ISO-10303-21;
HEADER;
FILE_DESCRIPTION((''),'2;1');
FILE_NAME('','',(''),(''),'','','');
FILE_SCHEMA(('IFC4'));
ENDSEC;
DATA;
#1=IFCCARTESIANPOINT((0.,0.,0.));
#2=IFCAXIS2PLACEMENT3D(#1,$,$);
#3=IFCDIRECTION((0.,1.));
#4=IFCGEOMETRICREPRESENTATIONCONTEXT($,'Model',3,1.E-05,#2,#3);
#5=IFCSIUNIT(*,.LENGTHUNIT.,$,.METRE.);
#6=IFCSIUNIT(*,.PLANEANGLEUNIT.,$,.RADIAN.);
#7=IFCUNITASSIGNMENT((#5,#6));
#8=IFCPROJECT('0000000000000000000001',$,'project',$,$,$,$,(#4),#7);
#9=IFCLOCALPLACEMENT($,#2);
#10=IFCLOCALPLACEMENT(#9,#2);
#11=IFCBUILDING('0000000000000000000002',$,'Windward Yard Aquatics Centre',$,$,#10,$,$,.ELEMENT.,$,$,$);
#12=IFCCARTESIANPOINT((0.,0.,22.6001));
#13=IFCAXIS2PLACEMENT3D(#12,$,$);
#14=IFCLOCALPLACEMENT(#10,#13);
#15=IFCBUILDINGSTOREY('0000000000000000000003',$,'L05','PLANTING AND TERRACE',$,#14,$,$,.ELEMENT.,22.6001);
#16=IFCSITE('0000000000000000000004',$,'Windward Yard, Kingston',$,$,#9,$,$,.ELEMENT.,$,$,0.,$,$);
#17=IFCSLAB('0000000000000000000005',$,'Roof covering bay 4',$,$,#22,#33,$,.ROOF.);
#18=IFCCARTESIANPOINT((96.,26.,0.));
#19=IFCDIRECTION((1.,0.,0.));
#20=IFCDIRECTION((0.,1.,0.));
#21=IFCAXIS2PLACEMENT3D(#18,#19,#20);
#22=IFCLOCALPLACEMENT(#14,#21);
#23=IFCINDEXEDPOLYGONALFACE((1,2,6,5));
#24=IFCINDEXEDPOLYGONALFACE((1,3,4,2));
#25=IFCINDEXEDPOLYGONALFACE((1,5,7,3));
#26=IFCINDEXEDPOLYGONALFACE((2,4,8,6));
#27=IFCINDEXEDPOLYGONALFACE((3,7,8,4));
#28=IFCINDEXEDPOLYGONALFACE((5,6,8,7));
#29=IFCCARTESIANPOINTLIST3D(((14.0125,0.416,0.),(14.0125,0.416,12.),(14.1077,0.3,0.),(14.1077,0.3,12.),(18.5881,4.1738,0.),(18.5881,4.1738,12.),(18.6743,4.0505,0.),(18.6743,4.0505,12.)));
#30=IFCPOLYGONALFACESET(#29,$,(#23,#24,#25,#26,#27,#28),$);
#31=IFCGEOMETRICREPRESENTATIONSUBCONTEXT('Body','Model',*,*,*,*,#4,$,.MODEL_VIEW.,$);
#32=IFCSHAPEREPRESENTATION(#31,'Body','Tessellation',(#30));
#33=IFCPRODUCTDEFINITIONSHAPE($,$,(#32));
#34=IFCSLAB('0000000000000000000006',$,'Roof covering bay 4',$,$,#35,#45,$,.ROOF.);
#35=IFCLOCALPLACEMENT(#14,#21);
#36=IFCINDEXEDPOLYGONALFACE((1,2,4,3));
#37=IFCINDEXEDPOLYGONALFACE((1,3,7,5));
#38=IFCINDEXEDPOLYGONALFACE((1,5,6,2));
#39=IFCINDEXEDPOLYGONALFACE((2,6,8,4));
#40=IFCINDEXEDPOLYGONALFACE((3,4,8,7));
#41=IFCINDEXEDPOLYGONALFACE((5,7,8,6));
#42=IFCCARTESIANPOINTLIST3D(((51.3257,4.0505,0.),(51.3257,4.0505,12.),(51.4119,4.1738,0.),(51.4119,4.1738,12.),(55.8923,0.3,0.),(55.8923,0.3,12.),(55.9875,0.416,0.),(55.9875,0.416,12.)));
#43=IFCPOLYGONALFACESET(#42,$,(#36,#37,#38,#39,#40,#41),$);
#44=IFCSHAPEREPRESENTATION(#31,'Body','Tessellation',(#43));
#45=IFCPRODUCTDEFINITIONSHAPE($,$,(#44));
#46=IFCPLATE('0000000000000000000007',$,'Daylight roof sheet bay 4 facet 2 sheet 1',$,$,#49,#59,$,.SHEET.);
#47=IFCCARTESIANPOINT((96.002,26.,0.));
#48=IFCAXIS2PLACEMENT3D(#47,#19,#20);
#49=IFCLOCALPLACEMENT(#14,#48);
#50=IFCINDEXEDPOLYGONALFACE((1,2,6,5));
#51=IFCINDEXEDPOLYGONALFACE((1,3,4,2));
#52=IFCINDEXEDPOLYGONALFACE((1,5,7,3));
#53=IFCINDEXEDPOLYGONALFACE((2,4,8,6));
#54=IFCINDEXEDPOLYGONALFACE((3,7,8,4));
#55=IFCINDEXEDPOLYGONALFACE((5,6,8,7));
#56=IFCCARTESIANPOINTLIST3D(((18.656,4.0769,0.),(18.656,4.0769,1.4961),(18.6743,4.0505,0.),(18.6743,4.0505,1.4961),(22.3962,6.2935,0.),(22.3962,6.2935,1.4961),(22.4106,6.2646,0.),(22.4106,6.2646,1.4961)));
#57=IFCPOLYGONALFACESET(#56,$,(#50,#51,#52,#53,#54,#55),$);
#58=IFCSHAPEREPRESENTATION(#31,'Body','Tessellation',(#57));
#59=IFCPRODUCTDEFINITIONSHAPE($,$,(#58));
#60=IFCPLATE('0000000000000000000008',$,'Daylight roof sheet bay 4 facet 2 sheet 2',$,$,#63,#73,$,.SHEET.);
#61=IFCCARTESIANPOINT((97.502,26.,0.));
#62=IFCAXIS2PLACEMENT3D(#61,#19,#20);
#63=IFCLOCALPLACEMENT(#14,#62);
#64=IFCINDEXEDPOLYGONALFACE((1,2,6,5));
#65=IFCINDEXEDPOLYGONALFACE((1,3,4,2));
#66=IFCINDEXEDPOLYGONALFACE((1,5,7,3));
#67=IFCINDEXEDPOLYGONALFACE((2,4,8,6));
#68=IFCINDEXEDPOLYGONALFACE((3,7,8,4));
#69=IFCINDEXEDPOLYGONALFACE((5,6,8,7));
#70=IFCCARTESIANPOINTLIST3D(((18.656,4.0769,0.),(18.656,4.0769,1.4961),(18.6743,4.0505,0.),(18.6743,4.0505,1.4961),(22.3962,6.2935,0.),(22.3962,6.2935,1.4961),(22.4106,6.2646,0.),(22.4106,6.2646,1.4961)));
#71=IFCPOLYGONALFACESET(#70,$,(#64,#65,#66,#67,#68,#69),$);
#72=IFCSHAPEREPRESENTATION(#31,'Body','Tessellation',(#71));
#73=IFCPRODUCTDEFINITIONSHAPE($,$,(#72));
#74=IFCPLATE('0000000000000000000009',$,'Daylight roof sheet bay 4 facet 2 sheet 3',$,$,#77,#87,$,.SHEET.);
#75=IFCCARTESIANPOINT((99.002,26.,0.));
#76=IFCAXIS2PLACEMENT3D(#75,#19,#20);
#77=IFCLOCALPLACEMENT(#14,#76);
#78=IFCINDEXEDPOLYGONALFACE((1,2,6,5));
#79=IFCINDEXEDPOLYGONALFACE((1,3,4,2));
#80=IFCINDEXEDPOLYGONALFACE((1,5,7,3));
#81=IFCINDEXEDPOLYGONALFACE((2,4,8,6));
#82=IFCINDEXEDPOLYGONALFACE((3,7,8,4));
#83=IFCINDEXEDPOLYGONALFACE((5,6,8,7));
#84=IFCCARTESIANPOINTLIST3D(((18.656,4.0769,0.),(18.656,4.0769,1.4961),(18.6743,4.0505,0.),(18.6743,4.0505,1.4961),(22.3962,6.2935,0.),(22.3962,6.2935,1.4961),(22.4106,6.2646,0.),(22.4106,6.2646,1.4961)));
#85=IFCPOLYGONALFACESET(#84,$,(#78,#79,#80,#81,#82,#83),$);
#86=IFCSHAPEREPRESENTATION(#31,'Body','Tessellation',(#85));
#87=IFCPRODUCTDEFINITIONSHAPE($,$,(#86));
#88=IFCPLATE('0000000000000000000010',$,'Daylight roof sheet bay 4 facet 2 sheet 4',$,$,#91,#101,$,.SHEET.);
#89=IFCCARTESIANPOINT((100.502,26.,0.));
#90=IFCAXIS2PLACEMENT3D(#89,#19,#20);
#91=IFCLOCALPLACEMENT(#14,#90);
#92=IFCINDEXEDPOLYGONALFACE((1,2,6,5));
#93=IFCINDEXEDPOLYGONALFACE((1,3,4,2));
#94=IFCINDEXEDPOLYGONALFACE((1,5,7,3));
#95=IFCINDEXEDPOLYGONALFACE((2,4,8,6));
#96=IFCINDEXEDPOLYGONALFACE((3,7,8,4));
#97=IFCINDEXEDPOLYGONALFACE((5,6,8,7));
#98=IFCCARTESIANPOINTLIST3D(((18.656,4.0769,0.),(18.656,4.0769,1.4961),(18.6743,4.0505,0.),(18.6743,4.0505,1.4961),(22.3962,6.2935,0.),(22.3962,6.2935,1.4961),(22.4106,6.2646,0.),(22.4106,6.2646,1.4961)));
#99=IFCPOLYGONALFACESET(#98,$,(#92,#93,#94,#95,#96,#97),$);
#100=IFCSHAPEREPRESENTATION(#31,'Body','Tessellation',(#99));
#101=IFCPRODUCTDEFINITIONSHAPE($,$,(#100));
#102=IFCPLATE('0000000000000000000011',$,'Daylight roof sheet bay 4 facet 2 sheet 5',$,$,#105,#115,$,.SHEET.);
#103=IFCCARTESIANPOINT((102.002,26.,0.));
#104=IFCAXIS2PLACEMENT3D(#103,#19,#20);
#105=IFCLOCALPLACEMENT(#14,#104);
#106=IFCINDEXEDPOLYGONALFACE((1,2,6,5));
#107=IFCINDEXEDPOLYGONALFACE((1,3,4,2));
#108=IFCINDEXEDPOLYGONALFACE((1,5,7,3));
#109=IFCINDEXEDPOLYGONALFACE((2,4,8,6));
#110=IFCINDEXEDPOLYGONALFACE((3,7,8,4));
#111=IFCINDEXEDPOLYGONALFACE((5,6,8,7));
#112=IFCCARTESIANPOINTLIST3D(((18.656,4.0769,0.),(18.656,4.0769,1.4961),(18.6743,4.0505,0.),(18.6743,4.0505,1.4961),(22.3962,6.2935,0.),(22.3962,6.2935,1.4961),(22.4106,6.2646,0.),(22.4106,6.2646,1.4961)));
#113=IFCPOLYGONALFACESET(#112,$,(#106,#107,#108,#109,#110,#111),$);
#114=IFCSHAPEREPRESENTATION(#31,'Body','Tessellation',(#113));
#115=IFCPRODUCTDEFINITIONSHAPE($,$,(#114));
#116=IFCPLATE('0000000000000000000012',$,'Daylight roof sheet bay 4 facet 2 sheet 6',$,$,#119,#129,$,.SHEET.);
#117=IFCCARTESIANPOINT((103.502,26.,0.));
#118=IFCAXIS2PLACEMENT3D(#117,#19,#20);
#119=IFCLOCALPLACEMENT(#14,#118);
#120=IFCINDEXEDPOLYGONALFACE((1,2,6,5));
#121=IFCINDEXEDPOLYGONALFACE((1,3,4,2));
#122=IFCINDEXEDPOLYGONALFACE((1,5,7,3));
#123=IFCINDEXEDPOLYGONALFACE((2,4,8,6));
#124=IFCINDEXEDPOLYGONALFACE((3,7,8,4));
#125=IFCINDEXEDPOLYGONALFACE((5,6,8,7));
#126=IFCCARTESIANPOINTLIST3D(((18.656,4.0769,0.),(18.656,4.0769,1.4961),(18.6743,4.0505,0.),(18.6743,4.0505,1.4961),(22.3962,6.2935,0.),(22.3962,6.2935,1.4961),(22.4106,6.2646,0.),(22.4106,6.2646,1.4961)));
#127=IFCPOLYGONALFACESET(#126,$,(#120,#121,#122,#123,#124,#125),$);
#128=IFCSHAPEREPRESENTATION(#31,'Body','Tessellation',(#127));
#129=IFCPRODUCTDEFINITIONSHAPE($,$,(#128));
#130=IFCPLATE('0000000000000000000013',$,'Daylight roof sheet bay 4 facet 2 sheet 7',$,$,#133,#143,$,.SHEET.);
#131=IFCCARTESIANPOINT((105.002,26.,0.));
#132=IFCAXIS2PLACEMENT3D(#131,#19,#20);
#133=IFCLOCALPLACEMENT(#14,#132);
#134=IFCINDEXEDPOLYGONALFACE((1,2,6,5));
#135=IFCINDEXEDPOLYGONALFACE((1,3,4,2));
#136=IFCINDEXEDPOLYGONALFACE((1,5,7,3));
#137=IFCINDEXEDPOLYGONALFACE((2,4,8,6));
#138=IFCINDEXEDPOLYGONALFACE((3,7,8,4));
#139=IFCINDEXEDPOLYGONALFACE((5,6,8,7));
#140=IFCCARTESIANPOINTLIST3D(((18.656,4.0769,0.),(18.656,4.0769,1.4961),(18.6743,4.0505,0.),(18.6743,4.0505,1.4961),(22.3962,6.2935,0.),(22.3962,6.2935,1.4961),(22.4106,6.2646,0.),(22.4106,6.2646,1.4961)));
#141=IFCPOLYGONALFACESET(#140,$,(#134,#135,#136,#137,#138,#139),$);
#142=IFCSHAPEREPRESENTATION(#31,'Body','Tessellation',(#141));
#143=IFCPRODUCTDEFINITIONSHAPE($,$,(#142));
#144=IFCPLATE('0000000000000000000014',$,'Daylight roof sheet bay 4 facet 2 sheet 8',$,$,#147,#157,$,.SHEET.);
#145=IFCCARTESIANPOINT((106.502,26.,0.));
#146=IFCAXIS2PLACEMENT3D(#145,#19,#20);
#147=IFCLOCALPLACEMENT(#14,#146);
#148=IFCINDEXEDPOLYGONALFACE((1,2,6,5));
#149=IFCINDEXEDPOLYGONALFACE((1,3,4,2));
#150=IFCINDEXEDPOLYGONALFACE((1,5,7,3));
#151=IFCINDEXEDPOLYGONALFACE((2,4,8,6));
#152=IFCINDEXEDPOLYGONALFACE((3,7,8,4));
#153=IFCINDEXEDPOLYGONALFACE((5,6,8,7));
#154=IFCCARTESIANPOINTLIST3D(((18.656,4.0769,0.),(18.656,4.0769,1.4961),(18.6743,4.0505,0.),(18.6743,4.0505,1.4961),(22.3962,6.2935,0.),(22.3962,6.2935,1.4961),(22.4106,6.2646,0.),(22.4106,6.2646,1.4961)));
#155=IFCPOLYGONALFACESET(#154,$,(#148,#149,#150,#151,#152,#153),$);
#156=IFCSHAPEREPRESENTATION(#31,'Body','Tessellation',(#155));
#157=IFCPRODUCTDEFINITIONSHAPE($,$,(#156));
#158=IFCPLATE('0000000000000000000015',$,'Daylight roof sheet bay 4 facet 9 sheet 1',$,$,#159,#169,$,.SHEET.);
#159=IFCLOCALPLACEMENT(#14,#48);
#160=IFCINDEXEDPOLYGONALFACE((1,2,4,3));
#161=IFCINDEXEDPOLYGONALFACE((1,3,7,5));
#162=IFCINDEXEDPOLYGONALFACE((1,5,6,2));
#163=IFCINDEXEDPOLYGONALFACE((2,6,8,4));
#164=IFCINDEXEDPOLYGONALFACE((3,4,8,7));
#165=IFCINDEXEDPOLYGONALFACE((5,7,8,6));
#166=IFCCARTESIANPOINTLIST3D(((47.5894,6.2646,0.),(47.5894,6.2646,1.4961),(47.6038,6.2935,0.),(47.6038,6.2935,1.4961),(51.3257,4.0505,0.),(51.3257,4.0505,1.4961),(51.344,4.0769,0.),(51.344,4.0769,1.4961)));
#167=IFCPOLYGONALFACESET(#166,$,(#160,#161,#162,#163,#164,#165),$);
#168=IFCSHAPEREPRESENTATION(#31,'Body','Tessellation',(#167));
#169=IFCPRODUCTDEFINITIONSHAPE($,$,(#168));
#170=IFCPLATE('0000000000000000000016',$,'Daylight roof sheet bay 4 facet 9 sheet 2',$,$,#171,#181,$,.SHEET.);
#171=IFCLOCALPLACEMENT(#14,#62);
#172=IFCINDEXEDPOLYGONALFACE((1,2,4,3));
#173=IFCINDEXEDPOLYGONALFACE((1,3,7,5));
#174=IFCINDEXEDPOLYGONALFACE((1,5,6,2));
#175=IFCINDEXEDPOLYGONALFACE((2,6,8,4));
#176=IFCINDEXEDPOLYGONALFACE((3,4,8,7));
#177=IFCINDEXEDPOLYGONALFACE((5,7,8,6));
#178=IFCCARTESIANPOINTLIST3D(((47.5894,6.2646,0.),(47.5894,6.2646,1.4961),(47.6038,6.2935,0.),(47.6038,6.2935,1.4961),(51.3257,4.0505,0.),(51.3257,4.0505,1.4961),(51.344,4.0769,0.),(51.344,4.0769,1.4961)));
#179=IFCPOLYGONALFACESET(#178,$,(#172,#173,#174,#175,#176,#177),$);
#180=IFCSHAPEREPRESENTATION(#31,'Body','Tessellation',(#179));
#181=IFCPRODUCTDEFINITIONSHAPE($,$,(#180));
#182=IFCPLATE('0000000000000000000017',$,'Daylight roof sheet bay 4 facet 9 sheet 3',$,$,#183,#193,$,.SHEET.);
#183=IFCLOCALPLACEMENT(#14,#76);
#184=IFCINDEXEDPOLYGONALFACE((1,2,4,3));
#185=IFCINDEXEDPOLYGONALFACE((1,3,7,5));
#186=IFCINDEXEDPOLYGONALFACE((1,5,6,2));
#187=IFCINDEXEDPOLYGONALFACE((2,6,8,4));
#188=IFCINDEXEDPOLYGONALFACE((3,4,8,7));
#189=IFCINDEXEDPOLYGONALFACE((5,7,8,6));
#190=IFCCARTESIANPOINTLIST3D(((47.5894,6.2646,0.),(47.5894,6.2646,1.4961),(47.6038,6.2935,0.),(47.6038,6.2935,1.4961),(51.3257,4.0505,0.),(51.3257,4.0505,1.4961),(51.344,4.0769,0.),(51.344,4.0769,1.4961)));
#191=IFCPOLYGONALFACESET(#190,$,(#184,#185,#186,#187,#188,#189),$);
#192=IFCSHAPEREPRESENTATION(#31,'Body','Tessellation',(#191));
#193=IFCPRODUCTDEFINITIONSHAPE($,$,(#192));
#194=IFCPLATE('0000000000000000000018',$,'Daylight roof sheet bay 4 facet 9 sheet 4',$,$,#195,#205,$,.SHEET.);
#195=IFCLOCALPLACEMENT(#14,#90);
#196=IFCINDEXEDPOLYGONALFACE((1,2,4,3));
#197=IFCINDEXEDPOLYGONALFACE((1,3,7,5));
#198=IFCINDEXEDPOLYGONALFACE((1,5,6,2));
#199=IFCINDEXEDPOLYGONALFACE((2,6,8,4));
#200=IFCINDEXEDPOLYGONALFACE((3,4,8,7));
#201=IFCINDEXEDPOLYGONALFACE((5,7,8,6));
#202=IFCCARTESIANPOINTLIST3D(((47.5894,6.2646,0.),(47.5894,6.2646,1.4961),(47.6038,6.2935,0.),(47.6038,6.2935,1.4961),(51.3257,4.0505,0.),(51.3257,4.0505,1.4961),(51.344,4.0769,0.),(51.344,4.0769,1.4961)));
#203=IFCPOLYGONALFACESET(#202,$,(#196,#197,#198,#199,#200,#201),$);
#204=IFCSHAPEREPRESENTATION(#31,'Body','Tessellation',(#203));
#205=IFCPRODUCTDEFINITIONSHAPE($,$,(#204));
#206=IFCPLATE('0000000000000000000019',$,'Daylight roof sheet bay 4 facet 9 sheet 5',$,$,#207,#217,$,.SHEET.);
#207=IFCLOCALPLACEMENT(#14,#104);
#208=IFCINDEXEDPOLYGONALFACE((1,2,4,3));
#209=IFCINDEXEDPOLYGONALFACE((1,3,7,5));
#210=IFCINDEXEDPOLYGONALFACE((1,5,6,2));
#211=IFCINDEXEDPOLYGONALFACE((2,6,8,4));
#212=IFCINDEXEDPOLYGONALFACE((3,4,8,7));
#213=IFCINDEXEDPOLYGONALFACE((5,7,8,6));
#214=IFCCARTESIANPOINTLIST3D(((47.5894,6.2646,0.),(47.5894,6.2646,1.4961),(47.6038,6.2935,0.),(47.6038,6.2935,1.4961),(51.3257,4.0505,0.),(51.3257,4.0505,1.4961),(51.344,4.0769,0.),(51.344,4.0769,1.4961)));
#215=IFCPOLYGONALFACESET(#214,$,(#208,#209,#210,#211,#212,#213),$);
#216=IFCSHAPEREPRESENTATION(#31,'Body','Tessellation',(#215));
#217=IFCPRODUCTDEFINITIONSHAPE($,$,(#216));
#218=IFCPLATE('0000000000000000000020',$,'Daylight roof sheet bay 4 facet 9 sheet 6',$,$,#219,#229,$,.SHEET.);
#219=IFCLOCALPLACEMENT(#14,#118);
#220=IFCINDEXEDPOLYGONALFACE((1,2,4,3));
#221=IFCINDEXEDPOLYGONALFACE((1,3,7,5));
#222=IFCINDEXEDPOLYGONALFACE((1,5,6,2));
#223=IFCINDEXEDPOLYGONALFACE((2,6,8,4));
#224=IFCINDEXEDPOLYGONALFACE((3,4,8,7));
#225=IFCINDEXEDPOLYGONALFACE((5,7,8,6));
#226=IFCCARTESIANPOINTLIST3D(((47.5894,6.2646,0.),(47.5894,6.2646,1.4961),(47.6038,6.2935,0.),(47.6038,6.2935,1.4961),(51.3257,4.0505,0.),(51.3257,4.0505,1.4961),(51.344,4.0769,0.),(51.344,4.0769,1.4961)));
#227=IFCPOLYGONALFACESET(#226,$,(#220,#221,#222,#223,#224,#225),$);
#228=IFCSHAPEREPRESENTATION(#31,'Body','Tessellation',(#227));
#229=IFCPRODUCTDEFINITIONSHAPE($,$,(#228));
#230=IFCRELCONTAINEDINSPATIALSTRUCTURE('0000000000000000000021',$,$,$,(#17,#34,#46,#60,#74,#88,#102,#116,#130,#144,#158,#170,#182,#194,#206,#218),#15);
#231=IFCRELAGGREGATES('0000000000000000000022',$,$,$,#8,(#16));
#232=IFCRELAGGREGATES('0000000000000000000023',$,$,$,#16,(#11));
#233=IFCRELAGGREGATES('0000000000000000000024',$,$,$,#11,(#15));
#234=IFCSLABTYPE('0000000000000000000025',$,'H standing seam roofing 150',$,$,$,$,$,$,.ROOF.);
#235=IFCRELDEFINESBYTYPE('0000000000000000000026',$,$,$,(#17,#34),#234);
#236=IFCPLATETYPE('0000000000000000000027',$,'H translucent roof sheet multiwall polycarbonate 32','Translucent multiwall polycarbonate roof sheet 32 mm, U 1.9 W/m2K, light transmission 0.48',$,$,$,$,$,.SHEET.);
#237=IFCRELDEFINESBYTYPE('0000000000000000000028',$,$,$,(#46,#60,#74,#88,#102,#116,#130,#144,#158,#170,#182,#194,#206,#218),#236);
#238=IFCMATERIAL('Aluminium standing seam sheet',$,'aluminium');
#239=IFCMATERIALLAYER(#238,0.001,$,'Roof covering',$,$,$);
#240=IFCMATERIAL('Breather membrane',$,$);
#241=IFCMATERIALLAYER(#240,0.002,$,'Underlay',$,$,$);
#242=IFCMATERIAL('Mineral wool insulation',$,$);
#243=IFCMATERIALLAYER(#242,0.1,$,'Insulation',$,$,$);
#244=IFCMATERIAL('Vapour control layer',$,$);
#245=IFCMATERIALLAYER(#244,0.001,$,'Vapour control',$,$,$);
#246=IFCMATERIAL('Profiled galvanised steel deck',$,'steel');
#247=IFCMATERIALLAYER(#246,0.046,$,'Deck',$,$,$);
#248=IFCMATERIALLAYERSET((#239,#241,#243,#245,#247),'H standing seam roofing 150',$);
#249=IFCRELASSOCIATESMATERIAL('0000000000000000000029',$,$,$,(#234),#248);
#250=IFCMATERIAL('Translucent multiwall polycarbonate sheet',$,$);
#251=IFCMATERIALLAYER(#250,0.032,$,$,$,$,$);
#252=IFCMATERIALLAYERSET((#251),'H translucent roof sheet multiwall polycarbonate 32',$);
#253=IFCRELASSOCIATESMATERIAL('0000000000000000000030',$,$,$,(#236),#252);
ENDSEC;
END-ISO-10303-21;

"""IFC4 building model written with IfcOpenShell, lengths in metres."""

from ifc_helpers import new_model, si_unit, direction, frame, origin, place, context, subcontext, project, spatial, polyline, outline, extrude, material, layer, layer_set, type_object, element, save


model = new_model("IFC4")

# Units and contexts
model_context = context("Model", 3, precision=1e-05, world=origin(), true_north=direction((0.0, 1.0)))
body_context = subcontext(model_context, "Body", "Model", "MODEL_VIEW")
ifc_project = project(units=[si_unit("LENGTHUNIT", "METRE"), si_unit("PLANEANGLEUNIT", "RADIAN")], contexts=[model_context])

# Site, building, storey
site_placement = place(None, origin())
site = spatial("IfcSite", under=ifc_project, at=site_placement, Name="Windward Yard, Kingston", CompositionType="ELEMENT", RefElevation=0.0)
building_placement = place(site_placement, origin())
building = spatial("IfcBuilding", under=site, at=building_placement, Name="Windward Yard Aquatics Centre", CompositionType="ELEMENT")
storey_placement = place(building_placement, frame((0.0, 0.0, 22.6001)))
storey = spatial("IfcBuildingStorey", under=building, at=storey_placement, Name="L05", Description="PLANTING AND TERRACE", CompositionType="ELEMENT", Elevation=22.6001)

# Slabs
ifc_material_1 = material(Name="Aluminium standing seam sheet", Category="aluminium")
ifc_layer_1 = layer(ifc_material_1, 0.001, Name="Roof covering")
ifc_material_2 = material(Name="Breather membrane")
ifc_layer_2 = layer(ifc_material_2, 0.002, Name="Underlay")
ifc_material_3 = material(Name="Mineral wool insulation")
ifc_layer_3 = layer(ifc_material_3, 0.1, Name="Insulation")
ifc_material_4 = material(Name="Vapour control layer")
ifc_layer_4 = layer(ifc_material_4, 0.001, Name="Vapour control")
ifc_material_5 = material(Name="Profiled galvanised steel deck", Category="steel")
ifc_layer_5 = layer(ifc_material_5, 0.046, Name="Deck")
ifc_layer_set_1 = layer_set([ifc_layer_1, ifc_layer_2, ifc_layer_3, ifc_layer_4, ifc_layer_5], Name="H standing seam roofing 150")
slab_type = type_object("IfcSlabType", Name="H standing seam roofing 150", PredefinedType="ROOF", material=ifc_layer_set_1)
slab_1_placement = place(storey_placement, frame((96.0, 26.0, 0.0), z_axis=(1.0, 0.0, 0.0), x_axis=(0.0, 1.0, 0.0)))
element("IfcSlab", 1, at=slab_1_placement, inside=storey, type_object=slab_type, Name="Roof covering bay 4", PredefinedType="ROOF", context=body_context, shape_type="SweptSolid", body=[
    extrude(outline(polyline([(14.1077, 0.3), (18.6743, 4.0505), (18.5881, 4.1738), (14.0125, 0.416), (14.1077, 0.3)])), origin(), (0.0, 0.0, 1.0), 12.0),
])
slab_2_placement = place(storey_placement, frame((96.0, 26.0, 0.0), z_axis=(1.0, 0.0, 0.0), x_axis=(0.0, 1.0, 0.0)))
element("IfcSlab", 2, at=slab_2_placement, inside=storey, type_object=slab_type, Name="Roof covering bay 4", PredefinedType="ROOF", context=body_context, shape_type="SweptSolid", body=[
    extrude(outline(polyline([(51.3257, 4.0505), (55.8923, 0.3), (55.9875, 0.416), (51.4119, 4.1738), (51.3257, 4.0505)])), origin(), (0.0, 0.0, 1.0), 12.0),
])

# Plates
ifc_material_6 = material(Name="Translucent multiwall polycarbonate sheet")
ifc_layer_6 = layer(ifc_material_6, 0.032)
ifc_layer_set_2 = layer_set([ifc_layer_6], Name="H translucent roof sheet multiwall polycarbonate 32")
plate_type = type_object("IfcPlateType", Name="H translucent roof sheet multiwall polycarbonate 32", Description="Translucent multiwall polycarbonate roof sheet 32 mm, U 1.9 W/m2K, light transmission 0.48", PredefinedType="SHEET", material=ifc_layer_set_2)
for number, where, z_axis, x_axis, name in (
    (3, (96.002, 26.0, 0.0), (1.0, 0.0, 0.0), (0.0, 1.0, 0.0), "Daylight roof sheet bay 4 facet 2 sheet 1"),
    (4, (97.502, 26.0, 0.0), (1.0, 0.0, 0.0), (0.0, 1.0, 0.0), "Daylight roof sheet bay 4 facet 2 sheet 2"),
    (5, (99.002, 26.0, 0.0), (1.0, 0.0, 0.0), (0.0, 1.0, 0.0), "Daylight roof sheet bay 4 facet 2 sheet 3"),
    (6, (100.502, 26.0, 0.0), (1.0, 0.0, 0.0), (0.0, 1.0, 0.0), "Daylight roof sheet bay 4 facet 2 sheet 4"),
    (7, (102.002, 26.0, 0.0), (1.0, 0.0, 0.0), (0.0, 1.0, 0.0), "Daylight roof sheet bay 4 facet 2 sheet 5"),
    (8, (103.502, 26.0, 0.0), (1.0, 0.0, 0.0), (0.0, 1.0, 0.0), "Daylight roof sheet bay 4 facet 2 sheet 6"),
    (9, (105.002, 26.0, 0.0), (1.0, 0.0, 0.0), (0.0, 1.0, 0.0), "Daylight roof sheet bay 4 facet 2 sheet 7"),
    (10, (106.502, 26.0, 0.0), (1.0, 0.0, 0.0), (0.0, 1.0, 0.0), "Daylight roof sheet bay 4 facet 2 sheet 8"),
):
    element("IfcPlate", number, at=place(storey_placement, frame(where, z_axis=z_axis, x_axis=x_axis)), inside=storey, type_object=plate_type, Name=name, PredefinedType="SHEET", context=body_context, shape_type="SweptSolid", body=[
        extrude(outline(polyline([(18.6743, 4.0505), (22.4106, 6.2646), (22.3962, 6.2935), (18.656, 4.0769), (18.6743, 4.0505)])), origin(), (0.0, 0.0, 1.0), 1.4961),
    ])
for number, where, z_axis, x_axis, name in (
    (11, (96.002, 26.0, 0.0), (1.0, 0.0, 0.0), (0.0, 1.0, 0.0), "Daylight roof sheet bay 4 facet 9 sheet 1"),
    (12, (97.502, 26.0, 0.0), (1.0, 0.0, 0.0), (0.0, 1.0, 0.0), "Daylight roof sheet bay 4 facet 9 sheet 2"),
    (13, (99.002, 26.0, 0.0), (1.0, 0.0, 0.0), (0.0, 1.0, 0.0), "Daylight roof sheet bay 4 facet 9 sheet 3"),
    (14, (100.502, 26.0, 0.0), (1.0, 0.0, 0.0), (0.0, 1.0, 0.0), "Daylight roof sheet bay 4 facet 9 sheet 4"),
    (15, (102.002, 26.0, 0.0), (1.0, 0.0, 0.0), (0.0, 1.0, 0.0), "Daylight roof sheet bay 4 facet 9 sheet 5"),
    (16, (103.502, 26.0, 0.0), (1.0, 0.0, 0.0), (0.0, 1.0, 0.0), "Daylight roof sheet bay 4 facet 9 sheet 6"),
):
    element("IfcPlate", number, at=place(storey_placement, frame(where, z_axis=z_axis, x_axis=x_axis)), inside=storey, type_object=plate_type, Name=name, PredefinedType="SHEET", context=body_context, shape_type="SweptSolid", body=[
        extrude(outline(polyline([(47.5894, 6.2646), (51.3257, 4.0505), (51.344, 4.0769), (47.6038, 6.2935), (47.5894, 6.2646)])), origin(), (0.0, 0.0, 1.0), 1.4961),
    ])

save(model, "model.ifc")
